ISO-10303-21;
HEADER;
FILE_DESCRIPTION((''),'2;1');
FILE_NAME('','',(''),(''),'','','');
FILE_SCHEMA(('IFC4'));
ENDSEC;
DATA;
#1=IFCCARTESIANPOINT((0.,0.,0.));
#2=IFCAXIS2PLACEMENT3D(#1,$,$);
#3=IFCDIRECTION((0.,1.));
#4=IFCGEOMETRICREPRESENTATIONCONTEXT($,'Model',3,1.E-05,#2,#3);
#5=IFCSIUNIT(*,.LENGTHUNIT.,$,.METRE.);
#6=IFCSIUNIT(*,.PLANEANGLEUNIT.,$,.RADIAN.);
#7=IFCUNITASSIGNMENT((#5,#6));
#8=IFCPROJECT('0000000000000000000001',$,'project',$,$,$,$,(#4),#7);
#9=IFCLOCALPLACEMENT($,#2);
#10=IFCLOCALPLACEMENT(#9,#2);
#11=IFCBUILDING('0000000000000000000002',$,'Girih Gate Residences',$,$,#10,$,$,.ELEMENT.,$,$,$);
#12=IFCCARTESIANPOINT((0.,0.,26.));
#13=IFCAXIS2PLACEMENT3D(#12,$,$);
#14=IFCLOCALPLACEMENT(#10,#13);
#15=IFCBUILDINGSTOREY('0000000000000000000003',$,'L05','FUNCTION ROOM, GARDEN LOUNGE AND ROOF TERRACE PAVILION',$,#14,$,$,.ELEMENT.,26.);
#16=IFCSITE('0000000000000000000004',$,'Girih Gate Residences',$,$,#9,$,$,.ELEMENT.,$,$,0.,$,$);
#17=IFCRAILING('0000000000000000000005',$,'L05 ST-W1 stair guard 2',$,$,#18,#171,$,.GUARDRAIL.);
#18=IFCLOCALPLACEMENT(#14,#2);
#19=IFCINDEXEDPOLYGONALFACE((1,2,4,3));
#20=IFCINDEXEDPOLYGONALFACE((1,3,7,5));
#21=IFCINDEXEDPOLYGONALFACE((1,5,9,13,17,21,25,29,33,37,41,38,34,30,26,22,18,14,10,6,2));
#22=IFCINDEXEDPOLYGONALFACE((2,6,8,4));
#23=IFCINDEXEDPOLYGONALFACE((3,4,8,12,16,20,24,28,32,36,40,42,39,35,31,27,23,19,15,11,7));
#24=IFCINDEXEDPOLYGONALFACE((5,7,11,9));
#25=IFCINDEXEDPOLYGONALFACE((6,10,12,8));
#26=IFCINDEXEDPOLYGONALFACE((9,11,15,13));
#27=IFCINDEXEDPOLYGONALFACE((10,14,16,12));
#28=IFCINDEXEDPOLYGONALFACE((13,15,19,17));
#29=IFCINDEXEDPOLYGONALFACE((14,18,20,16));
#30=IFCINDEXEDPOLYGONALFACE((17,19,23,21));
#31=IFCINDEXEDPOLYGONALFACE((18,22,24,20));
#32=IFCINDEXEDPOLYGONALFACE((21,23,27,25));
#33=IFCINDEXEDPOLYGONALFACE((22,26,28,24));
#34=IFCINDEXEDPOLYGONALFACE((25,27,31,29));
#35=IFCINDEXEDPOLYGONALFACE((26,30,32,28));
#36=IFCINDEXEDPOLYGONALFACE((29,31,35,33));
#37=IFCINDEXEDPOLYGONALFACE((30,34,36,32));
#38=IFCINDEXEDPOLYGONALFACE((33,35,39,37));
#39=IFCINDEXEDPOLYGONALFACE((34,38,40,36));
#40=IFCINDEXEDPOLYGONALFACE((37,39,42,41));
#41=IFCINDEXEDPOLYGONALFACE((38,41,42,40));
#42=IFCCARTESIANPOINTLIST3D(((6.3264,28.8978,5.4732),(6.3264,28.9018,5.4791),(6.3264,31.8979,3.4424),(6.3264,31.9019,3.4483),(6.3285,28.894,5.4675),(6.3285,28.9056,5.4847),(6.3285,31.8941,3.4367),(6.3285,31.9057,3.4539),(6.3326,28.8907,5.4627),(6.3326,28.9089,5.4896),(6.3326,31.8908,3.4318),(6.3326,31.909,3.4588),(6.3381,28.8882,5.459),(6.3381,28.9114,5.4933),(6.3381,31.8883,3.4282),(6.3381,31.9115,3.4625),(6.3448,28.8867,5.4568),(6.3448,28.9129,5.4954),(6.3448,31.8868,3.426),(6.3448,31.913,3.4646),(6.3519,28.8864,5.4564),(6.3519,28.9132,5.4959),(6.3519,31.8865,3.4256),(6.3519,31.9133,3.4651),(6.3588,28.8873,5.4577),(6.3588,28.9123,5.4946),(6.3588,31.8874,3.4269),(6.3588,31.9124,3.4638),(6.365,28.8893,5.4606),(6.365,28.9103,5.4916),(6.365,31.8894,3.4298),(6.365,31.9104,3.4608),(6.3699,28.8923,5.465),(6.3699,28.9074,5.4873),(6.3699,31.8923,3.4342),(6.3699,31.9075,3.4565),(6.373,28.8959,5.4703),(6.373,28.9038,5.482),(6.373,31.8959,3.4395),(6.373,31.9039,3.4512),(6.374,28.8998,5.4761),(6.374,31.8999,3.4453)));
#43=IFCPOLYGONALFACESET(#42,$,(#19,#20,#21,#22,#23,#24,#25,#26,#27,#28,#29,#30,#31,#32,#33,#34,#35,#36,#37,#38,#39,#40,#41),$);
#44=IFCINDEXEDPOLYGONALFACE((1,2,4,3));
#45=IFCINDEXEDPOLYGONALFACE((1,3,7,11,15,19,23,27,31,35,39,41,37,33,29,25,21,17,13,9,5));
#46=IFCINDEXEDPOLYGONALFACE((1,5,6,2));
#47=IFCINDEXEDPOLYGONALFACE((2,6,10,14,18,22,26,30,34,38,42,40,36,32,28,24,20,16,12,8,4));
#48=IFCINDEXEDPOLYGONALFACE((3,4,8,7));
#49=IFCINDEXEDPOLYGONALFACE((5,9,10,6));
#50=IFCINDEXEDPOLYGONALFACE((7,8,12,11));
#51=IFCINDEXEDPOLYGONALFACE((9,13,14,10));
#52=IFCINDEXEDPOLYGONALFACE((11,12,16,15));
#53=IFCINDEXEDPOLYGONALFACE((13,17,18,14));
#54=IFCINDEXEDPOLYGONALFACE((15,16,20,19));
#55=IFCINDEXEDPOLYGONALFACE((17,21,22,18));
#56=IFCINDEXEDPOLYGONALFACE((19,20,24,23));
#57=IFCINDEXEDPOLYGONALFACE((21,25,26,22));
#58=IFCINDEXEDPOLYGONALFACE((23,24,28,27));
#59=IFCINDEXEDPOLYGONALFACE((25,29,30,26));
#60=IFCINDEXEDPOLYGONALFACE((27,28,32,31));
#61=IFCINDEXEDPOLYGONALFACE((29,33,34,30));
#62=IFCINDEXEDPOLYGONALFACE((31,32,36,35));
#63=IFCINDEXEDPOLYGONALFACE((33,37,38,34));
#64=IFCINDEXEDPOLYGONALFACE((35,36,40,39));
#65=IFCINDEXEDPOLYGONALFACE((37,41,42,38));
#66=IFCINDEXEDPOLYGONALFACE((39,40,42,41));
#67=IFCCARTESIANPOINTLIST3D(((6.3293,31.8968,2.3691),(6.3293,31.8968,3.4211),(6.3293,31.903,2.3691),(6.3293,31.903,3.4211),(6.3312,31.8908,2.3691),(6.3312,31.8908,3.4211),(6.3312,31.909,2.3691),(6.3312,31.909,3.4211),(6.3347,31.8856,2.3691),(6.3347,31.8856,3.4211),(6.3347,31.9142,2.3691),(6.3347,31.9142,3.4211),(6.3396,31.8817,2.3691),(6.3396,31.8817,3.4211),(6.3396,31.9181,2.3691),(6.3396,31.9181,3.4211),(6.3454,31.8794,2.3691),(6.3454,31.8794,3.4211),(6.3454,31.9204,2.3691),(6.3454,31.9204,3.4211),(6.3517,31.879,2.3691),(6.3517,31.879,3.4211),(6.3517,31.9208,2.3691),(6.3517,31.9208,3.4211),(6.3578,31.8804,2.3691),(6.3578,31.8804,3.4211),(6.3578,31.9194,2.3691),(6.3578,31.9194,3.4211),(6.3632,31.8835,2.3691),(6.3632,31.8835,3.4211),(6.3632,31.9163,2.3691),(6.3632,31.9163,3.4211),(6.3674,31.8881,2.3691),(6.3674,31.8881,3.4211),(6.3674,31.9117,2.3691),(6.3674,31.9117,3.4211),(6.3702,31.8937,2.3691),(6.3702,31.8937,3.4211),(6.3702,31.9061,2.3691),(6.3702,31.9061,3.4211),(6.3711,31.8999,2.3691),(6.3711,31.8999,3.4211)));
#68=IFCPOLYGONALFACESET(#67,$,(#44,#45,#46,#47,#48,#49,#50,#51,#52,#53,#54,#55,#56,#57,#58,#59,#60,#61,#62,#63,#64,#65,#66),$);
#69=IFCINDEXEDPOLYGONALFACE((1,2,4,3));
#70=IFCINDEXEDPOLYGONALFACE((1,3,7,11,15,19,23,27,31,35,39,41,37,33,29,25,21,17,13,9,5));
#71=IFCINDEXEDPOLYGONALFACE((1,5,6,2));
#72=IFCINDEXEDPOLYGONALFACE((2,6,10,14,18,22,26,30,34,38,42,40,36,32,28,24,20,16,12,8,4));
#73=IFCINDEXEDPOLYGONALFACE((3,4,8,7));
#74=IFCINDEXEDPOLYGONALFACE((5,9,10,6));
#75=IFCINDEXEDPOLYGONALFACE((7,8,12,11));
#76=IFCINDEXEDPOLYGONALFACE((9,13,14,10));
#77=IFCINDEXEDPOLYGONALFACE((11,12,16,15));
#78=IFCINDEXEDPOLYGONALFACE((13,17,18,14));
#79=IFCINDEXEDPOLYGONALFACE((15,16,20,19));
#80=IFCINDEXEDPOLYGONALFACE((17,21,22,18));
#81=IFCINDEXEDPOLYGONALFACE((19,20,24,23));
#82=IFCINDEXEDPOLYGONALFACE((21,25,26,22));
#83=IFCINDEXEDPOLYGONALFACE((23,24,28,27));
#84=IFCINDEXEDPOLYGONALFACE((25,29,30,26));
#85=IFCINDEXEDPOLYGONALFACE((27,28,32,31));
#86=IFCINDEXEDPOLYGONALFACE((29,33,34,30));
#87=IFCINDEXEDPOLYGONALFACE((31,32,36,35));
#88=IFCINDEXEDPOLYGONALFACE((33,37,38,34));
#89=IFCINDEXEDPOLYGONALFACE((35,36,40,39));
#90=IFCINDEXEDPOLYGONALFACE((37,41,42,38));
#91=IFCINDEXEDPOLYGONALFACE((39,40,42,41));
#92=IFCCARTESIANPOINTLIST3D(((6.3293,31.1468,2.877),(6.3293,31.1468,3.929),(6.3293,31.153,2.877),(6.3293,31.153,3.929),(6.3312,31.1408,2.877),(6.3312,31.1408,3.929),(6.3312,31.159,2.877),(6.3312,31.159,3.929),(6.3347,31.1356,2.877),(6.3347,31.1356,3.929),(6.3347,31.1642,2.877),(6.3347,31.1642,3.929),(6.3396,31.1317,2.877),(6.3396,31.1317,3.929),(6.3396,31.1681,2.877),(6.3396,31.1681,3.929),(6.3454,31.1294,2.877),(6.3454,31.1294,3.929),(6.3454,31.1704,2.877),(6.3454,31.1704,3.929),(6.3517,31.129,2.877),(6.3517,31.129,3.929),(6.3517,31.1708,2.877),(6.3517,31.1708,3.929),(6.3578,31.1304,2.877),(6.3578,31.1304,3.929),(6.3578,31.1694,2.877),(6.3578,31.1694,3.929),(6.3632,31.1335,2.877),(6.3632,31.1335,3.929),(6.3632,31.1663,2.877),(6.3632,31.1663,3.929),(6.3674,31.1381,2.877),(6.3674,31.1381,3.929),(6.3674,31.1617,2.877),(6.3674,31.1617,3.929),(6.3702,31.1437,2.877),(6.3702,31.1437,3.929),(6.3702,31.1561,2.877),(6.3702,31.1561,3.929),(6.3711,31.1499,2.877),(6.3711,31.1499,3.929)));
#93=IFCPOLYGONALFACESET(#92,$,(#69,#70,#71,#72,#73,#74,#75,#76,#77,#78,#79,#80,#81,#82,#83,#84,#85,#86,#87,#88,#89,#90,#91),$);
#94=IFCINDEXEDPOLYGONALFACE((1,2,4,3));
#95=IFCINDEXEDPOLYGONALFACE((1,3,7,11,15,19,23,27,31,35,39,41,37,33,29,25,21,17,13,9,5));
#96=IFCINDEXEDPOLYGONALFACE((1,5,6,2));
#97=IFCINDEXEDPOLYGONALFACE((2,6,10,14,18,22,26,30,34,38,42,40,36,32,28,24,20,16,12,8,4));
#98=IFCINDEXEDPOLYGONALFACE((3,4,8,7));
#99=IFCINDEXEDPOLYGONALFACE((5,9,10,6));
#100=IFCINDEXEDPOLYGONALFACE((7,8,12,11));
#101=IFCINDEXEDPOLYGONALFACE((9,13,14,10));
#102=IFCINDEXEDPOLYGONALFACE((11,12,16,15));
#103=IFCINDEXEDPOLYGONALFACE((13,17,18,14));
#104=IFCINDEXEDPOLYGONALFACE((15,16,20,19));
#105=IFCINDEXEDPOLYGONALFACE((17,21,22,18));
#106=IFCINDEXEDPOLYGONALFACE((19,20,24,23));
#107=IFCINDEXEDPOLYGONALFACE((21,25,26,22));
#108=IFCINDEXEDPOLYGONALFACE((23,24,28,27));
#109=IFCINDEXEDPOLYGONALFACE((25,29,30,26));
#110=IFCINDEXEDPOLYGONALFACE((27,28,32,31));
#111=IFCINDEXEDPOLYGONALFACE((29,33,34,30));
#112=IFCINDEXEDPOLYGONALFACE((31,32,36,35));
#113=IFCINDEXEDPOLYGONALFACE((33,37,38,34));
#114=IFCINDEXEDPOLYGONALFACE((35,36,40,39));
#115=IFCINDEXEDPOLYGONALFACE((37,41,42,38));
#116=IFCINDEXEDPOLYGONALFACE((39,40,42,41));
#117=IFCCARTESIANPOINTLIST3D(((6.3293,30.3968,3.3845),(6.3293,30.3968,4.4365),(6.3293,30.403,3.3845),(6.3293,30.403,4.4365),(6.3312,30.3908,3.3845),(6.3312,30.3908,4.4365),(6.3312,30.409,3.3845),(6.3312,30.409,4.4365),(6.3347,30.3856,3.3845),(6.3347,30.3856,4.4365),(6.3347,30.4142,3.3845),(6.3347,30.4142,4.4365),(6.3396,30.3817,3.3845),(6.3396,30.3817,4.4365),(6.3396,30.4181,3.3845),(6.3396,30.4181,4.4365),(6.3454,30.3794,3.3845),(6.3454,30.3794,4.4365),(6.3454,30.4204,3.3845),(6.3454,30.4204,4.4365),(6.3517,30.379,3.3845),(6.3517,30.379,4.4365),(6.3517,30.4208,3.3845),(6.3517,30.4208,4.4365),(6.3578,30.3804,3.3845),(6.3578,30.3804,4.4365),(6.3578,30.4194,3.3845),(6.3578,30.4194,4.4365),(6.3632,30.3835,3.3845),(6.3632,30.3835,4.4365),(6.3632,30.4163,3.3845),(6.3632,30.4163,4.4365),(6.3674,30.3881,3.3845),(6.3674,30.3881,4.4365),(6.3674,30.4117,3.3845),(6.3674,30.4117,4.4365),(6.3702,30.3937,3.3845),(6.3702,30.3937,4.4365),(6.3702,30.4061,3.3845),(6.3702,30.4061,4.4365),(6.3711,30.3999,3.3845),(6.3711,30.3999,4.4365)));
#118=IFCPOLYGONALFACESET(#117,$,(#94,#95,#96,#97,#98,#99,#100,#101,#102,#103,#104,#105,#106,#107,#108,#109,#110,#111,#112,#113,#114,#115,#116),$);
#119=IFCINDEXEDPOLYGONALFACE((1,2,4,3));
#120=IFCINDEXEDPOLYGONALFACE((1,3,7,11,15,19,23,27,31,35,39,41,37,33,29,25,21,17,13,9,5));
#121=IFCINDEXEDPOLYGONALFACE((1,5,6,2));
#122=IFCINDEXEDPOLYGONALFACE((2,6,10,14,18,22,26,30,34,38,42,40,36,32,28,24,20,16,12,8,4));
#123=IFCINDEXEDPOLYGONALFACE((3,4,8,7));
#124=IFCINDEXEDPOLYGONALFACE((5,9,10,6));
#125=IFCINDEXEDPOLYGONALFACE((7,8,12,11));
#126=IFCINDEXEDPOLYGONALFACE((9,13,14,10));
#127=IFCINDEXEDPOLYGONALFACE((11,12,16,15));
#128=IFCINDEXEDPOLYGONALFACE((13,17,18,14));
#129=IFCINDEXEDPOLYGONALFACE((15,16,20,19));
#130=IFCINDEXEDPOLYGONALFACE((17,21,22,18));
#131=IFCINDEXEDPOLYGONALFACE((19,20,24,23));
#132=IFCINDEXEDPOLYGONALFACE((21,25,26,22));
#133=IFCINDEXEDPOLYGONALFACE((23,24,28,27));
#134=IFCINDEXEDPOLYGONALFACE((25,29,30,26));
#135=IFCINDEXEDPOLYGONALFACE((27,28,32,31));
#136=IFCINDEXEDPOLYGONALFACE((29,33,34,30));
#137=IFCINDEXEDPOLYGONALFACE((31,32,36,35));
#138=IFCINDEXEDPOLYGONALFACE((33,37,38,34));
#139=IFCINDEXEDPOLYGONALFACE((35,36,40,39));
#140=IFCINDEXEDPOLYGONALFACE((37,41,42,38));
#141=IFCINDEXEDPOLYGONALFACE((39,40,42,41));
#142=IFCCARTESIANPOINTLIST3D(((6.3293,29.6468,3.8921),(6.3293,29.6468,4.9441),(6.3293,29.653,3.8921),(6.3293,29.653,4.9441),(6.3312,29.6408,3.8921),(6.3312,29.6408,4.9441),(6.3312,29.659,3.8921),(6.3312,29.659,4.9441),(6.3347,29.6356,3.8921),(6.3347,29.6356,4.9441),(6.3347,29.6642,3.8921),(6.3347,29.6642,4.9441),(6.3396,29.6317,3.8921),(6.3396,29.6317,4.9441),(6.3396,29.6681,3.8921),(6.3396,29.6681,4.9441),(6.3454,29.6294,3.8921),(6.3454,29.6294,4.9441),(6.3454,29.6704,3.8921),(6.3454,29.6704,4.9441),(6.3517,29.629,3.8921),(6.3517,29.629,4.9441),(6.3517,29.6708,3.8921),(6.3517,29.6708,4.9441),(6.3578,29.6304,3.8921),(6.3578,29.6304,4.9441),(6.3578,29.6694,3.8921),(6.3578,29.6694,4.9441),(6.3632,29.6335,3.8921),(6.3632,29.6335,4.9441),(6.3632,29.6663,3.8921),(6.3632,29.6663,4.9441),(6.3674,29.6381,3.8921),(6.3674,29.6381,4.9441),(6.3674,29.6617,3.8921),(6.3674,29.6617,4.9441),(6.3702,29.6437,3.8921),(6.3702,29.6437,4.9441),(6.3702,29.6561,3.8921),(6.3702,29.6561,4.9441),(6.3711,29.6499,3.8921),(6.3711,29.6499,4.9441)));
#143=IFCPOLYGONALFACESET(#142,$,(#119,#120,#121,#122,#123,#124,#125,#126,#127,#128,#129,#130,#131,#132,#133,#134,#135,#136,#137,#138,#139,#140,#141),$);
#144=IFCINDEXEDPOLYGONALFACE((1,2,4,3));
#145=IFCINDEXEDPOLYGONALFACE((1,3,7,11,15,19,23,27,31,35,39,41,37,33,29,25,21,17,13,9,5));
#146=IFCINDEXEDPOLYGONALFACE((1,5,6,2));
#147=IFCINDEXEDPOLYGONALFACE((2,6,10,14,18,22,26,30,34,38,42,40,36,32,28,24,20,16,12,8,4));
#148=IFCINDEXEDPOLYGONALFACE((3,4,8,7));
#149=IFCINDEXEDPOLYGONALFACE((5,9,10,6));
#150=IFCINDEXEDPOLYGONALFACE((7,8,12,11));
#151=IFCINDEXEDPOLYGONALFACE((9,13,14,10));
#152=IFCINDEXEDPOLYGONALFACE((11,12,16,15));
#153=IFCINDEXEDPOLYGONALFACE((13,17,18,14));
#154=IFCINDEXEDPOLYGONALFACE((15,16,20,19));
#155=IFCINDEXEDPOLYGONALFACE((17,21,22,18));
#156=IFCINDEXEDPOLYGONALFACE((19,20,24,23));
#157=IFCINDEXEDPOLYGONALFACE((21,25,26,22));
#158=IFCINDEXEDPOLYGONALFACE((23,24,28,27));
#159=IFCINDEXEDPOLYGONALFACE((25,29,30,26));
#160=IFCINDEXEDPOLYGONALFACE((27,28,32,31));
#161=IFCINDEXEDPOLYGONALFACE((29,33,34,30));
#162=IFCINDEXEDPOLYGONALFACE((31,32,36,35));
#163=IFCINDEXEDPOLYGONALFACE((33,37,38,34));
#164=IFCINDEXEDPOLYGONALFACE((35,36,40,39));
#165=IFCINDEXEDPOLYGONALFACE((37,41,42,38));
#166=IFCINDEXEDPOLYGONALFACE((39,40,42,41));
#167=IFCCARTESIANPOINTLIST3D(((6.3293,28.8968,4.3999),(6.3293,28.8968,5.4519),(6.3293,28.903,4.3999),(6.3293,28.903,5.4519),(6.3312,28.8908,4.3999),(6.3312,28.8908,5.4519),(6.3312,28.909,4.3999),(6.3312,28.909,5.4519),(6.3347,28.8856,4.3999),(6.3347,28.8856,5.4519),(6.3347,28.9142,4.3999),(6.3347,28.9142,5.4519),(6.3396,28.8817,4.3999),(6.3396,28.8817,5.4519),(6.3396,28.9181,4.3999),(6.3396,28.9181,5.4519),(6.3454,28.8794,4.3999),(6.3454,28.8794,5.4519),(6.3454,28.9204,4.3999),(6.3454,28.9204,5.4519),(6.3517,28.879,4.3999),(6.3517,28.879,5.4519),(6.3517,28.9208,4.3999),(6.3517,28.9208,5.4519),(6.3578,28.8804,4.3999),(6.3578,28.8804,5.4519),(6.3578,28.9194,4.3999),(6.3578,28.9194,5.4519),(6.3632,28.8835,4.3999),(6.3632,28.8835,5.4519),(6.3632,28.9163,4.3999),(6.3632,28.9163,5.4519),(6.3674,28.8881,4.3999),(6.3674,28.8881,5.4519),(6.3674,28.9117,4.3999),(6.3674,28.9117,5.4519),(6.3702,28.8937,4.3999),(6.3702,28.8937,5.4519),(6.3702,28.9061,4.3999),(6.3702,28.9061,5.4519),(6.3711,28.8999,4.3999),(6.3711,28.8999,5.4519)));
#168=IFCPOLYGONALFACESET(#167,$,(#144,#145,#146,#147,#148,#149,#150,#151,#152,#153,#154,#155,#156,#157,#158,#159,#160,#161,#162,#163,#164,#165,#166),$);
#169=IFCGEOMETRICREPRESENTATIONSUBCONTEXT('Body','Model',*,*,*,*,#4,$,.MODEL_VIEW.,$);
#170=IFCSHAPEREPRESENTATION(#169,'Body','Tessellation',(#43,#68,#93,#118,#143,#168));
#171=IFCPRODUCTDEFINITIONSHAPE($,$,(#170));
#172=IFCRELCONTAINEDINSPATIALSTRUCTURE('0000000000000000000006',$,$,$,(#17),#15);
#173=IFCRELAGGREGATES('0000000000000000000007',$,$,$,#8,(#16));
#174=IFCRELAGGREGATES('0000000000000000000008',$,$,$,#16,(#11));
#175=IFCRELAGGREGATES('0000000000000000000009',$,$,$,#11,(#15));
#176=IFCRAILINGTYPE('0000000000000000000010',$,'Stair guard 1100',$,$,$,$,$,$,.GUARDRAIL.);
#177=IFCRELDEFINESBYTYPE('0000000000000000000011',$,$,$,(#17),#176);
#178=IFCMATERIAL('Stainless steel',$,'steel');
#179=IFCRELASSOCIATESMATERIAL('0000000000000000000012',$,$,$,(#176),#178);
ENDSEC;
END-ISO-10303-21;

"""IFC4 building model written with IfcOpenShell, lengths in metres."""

from ifc_helpers import new_model, si_unit, direction, frame, origin, origin_2d, place, context, subcontext, project, spatial, circle, extrude, material, type_object, element, save


model = new_model("IFC4")

# Units and contexts
model_context = context("Model", 3, precision=1e-05, world=origin(), true_north=direction((0.0, 1.0)))
body_context = subcontext(model_context, "Body", "Model", "MODEL_VIEW")
ifc_project = project(units=[si_unit("LENGTHUNIT", "METRE"), si_unit("PLANEANGLEUNIT", "RADIAN")], contexts=[model_context])

# Site, building, storey
site_placement = place(None, origin())
site = spatial("IfcSite", under=ifc_project, at=site_placement, Name="Girih Gate Residences", CompositionType="ELEMENT", RefElevation=0.0)
building_placement = place(site_placement, origin())
building = spatial("IfcBuilding", under=site, at=building_placement, Name="Girih Gate Residences", CompositionType="ELEMENT")
storey_placement = place(building_placement, frame((0.0, 0.0, 26.0)))
storey = spatial("IfcBuildingStorey", under=building, at=storey_placement, Name="L05", Description="FUNCTION ROOM, GARDEN LOUNGE AND ROOF TERRACE PAVILION", CompositionType="ELEMENT", Elevation=26.0)

# Railing
ifc_material_1 = material(Name="Stainless steel", Category="steel")
railing_type_1 = type_object("IfcRailingType", Name="Stair guard 1100", PredefinedType="GUARDRAIL", material=ifc_material_1)
railing_1_placement = place(storey_placement, frame((6.3501, 31.8999, 2.3691)))
element("IfcRailing", 1, at=railing_1_placement, inside=storey, type_object=railing_type_1, Name="L05 ST-W1 stair guard 2", PredefinedType="GUARDRAIL", context=body_context, shape_type="SweptSolid", body=[
    extrude(circle(Radius=0.0239, at=origin_2d()), frame((0.0, 0.0, 1.0762), z_axis=(0.0, -0.82811, 0.560565), x_axis=(1.0, 0.0, 0.0)), (0.0, 0.0, 1.0), 3.6228),
    extrude(circle(Radius=0.021, at=origin_2d()), origin(), (0.0, 0.0, 1.0), 1.052),
    extrude(circle(Radius=0.021, at=origin_2d()), frame((0.0, -0.75, 0.5078)), (0.0, 0.0, 1.0), 1.052),
    extrude(circle(Radius=0.021, at=origin_2d()), frame((0.0, -1.5, 1.0154)), (0.0, 0.0, 1.0), 1.052),
    extrude(circle(Radius=0.021, at=origin_2d()), frame((0.0, -2.25, 1.5229)), (0.0, 0.0, 1.0), 1.052),
    extrude(circle(Radius=0.021, at=origin_2d()), frame((0.0, -3.0, 2.0308)), (0.0, 0.0, 1.0), 1.052),
])

save(model, "model.ifc")
